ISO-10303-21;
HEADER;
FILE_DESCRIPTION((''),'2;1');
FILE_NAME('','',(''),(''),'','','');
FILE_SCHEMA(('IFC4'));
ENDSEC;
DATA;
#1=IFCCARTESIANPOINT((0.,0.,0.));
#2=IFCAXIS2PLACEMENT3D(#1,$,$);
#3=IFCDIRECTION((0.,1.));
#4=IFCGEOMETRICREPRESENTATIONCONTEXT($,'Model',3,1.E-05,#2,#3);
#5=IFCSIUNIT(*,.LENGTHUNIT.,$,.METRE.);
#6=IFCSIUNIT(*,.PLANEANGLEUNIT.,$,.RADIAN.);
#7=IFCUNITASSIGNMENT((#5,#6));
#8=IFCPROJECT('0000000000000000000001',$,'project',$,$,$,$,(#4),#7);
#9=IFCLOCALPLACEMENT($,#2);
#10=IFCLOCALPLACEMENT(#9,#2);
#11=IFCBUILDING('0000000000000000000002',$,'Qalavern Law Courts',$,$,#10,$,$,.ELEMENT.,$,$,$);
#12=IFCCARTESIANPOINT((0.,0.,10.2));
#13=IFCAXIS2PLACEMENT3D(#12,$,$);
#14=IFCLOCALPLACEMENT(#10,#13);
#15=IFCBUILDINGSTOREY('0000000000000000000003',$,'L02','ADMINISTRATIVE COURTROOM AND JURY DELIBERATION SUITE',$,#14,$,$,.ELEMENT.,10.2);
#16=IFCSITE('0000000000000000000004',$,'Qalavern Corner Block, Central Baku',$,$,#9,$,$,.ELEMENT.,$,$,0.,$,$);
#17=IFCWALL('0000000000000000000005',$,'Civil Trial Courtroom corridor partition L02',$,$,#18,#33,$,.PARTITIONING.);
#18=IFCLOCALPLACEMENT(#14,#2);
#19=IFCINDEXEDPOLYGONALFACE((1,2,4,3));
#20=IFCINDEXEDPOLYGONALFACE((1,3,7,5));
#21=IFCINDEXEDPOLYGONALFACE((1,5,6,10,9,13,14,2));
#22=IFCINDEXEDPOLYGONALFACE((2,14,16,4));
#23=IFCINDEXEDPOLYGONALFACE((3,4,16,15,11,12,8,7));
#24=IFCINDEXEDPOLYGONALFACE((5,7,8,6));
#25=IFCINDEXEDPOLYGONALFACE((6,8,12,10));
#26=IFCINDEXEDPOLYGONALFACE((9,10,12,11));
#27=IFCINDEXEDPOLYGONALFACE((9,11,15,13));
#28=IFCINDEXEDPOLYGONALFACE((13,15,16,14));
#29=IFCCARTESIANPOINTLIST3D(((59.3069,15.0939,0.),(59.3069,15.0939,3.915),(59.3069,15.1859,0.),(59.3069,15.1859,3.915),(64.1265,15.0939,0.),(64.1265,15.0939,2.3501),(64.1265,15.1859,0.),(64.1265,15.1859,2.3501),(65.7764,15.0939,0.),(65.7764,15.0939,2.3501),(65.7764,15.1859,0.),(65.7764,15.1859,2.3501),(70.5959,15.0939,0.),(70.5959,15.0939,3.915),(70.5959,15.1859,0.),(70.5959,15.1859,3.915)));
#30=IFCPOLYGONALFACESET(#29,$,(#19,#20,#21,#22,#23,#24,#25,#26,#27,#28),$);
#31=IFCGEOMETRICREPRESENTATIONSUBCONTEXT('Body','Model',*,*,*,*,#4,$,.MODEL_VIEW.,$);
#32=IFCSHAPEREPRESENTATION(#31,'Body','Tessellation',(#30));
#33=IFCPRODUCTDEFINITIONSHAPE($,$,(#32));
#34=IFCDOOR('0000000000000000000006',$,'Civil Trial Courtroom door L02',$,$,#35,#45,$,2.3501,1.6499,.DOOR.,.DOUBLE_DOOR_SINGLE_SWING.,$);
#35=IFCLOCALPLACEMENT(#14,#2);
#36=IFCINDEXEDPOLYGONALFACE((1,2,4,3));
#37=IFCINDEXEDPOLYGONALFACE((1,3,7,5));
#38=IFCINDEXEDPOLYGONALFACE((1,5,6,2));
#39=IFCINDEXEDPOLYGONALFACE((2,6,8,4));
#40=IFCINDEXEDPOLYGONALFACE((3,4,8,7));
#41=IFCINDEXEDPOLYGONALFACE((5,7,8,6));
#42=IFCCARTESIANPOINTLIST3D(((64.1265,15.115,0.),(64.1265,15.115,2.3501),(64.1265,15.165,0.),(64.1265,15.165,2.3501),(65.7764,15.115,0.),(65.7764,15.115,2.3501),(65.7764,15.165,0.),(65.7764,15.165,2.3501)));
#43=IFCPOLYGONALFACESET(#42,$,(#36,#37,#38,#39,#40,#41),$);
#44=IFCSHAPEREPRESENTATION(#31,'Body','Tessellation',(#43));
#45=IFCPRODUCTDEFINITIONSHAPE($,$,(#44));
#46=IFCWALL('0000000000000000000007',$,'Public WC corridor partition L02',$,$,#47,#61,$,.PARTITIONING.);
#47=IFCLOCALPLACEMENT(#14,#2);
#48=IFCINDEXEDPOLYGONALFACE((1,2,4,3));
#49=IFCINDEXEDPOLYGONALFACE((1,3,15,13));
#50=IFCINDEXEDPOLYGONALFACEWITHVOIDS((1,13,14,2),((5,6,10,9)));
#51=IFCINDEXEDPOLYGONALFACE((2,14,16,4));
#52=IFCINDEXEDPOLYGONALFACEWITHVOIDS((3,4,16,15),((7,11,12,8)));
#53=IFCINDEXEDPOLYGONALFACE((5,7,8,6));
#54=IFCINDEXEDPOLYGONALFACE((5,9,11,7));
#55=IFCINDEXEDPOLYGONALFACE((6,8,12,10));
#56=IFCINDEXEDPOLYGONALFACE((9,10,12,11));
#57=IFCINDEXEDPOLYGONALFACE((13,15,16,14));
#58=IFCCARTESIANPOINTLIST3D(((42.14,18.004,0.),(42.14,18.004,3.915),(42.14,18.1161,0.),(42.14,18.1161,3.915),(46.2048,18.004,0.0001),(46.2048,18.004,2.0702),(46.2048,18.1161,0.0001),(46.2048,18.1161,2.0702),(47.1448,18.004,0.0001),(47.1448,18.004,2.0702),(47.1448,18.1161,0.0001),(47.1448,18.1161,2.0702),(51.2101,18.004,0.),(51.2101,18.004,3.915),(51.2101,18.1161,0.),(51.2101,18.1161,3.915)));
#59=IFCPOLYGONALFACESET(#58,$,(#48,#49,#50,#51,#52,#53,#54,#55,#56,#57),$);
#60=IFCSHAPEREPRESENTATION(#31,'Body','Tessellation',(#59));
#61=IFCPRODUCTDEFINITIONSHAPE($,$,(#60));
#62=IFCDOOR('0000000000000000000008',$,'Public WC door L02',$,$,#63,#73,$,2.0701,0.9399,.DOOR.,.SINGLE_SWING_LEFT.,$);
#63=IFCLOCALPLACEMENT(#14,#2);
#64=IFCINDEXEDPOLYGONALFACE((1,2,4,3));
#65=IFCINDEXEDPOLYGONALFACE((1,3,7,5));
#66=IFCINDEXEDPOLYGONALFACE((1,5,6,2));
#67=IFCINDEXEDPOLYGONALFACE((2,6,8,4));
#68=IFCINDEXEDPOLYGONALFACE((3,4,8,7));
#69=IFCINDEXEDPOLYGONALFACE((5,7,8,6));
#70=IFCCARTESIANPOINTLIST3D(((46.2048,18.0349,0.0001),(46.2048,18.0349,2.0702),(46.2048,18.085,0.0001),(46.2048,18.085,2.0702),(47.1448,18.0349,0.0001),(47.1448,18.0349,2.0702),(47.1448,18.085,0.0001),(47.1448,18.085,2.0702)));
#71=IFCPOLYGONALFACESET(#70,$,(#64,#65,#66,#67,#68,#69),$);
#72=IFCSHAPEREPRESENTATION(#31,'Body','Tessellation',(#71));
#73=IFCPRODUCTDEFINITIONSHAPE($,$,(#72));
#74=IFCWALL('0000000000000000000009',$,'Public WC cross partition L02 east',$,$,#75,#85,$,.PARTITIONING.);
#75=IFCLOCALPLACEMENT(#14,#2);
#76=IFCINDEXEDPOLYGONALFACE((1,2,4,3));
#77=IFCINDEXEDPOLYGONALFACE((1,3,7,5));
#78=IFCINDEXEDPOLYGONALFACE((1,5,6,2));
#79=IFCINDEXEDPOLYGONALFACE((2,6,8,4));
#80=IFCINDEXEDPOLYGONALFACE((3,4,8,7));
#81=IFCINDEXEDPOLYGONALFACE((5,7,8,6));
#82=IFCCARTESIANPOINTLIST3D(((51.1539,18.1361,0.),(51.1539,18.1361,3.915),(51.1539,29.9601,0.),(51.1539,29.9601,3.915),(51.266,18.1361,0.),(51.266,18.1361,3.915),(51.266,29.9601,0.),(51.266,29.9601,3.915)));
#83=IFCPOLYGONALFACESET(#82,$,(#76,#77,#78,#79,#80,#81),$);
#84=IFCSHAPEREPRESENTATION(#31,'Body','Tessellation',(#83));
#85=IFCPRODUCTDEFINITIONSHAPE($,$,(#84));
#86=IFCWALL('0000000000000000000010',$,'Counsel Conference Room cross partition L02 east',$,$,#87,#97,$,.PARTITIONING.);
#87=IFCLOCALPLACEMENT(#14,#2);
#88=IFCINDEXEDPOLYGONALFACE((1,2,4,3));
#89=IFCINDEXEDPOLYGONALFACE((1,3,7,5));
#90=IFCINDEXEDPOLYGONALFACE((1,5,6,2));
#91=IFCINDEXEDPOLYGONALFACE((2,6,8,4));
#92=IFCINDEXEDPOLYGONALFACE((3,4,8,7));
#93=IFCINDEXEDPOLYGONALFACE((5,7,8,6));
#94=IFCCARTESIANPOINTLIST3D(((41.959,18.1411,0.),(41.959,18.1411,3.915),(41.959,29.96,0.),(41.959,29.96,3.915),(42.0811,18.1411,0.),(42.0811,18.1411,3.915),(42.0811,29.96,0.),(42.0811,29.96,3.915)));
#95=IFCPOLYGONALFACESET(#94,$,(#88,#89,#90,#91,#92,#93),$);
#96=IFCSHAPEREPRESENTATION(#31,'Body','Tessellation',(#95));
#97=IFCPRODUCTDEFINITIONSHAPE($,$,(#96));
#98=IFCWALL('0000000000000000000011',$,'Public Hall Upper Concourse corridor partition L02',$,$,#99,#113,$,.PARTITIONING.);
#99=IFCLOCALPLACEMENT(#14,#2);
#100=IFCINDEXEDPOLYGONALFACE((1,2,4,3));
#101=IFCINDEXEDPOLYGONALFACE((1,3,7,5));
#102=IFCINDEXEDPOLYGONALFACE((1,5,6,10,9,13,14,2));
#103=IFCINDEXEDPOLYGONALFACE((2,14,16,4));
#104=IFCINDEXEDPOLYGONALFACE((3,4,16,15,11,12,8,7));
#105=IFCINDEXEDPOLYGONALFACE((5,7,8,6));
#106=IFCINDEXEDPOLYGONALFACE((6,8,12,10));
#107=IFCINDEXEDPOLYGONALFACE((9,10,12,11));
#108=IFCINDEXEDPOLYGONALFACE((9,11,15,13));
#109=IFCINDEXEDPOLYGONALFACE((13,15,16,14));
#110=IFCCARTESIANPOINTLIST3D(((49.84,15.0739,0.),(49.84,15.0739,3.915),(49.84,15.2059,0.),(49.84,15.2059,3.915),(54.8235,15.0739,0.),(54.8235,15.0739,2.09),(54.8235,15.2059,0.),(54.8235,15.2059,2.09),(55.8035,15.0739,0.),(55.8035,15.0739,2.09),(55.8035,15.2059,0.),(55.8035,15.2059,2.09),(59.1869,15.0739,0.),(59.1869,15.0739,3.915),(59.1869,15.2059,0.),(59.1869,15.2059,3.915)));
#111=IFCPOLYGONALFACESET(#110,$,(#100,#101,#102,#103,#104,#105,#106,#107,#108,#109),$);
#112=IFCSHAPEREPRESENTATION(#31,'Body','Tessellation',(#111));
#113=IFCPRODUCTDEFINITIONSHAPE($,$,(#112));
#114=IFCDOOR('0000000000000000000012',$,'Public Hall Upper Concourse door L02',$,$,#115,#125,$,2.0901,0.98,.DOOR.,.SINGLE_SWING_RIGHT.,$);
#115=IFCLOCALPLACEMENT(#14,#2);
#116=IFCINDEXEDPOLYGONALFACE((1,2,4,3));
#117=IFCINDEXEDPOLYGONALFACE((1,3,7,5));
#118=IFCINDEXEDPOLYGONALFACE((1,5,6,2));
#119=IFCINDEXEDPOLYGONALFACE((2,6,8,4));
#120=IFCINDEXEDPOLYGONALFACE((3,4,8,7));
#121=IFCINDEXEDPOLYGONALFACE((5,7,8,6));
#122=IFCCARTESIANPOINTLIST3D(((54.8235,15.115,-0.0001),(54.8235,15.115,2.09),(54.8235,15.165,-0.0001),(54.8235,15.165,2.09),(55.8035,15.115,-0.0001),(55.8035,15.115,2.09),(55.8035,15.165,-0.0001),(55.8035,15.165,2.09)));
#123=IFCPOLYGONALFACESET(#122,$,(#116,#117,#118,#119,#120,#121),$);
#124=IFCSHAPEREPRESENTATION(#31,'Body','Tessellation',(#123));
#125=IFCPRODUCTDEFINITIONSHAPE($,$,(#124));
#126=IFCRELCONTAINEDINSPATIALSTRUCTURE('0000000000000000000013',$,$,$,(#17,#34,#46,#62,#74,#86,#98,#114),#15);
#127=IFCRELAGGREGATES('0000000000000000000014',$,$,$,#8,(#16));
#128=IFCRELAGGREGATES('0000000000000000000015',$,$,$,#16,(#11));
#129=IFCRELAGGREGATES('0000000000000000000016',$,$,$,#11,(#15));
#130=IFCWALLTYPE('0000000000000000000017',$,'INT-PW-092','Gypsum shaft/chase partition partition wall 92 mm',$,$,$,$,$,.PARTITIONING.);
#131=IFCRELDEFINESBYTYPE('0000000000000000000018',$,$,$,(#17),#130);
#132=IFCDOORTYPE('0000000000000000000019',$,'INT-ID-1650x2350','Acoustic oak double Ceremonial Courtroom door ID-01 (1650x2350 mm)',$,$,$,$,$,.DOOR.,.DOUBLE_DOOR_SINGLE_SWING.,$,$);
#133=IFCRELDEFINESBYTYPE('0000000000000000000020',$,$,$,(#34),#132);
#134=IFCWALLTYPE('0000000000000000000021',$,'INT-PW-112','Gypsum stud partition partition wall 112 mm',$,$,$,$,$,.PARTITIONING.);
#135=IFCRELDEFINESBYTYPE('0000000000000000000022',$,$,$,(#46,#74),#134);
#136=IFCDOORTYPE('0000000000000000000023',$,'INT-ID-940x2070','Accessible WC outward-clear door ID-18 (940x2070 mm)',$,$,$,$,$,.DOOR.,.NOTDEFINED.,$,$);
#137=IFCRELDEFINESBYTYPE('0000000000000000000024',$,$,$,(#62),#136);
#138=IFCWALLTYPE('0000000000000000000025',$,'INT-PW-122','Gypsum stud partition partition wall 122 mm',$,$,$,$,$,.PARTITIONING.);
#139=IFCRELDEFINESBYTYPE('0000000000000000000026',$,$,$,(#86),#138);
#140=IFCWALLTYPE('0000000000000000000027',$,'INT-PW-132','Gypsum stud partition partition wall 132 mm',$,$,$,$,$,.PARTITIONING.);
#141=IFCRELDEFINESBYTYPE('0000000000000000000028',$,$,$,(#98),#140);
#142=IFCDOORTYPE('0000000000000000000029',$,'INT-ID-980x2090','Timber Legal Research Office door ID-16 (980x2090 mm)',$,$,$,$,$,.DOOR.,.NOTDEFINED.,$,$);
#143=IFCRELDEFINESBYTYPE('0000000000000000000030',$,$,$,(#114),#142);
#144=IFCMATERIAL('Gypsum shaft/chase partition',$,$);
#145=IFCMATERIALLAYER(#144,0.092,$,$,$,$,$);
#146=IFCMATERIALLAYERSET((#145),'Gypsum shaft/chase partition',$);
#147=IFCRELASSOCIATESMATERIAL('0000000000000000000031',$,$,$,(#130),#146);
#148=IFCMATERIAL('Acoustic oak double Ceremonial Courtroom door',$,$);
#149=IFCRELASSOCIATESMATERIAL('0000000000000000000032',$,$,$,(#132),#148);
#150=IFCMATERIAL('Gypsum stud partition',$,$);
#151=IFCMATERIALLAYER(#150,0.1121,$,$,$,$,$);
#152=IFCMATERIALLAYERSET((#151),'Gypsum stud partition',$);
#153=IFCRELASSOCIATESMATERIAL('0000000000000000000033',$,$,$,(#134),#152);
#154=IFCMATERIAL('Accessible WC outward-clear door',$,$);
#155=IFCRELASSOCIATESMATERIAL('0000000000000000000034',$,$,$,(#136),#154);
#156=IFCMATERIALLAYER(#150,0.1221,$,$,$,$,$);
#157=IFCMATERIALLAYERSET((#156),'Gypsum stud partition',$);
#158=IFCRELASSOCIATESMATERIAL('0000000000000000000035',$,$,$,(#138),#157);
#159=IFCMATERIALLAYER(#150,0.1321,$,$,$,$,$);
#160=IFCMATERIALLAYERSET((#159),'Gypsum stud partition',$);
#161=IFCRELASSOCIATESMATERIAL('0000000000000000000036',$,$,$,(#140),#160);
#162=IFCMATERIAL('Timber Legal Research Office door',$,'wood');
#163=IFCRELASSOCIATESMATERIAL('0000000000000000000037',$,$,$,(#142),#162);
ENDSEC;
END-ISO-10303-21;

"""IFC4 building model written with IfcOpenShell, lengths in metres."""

from ifc_helpers import new_model, si_unit, direction, frame, frame_2d, origin, place, context, subcontext, project, spatial, rectangle, extrude, material, layer, layer_set, type_object, element, fill, save


model = new_model("IFC4")

# Units and contexts
model_context = context("Model", 3, precision=1e-05, world=origin(), true_north=direction((0.0, 1.0)))
body_context = subcontext(model_context, "Body", "Model", "MODEL_VIEW")
ifc_project = project(units=[si_unit("LENGTHUNIT", "METRE"), si_unit("PLANEANGLEUNIT", "RADIAN")], contexts=[model_context])

# Site, building, storey
site_placement = place(None, origin())
site = spatial("IfcSite", under=ifc_project, at=site_placement, Name="Qalavern Corner Block, Central Baku", CompositionType="ELEMENT", RefElevation=0.0)
building_placement = place(site_placement, origin())
building = spatial("IfcBuilding", under=site, at=building_placement, Name="Qalavern Law Courts", CompositionType="ELEMENT")
storey_placement = place(building_placement, frame((0.0, 0.0, 10.2)))
storey = spatial("IfcBuildingStorey", under=building, at=storey_placement, Name="L02", Description="ADMINISTRATIVE COURTROOM AND JURY DELIBERATION SUITE", CompositionType="ELEMENT", Elevation=10.2)

# Walls, openings, doors
ifc_material_1 = material(Name="Gypsum shaft/chase partition")
ifc_layer_1 = layer(ifc_material_1, 0.092)
ifc_layer_set_1 = layer_set([ifc_layer_1], Name="Gypsum shaft/chase partition")
wall_type_1 = type_object("IfcWallType", Name="INT-PW-092", Description="Gypsum shaft/chase partition partition wall 92 mm", PredefinedType="PARTITIONING", material=ifc_layer_set_1)
wall_1_placement = place(storey_placement, frame((59.3069, 15.1399, 0.0), z_axis=(0.0, 0.0, 1.0), x_axis=(1.0, 0.0, 0.0)))
wall_1 = element("IfcWall", 1, at=wall_1_placement, inside=storey, type_object=wall_type_1, Name="Civil Trial Courtroom corridor partition L02", PredefinedType="PARTITIONING", context=body_context, shape_type="SweptSolid", body=[
    extrude(rectangle(XDim=11.2891, YDim=0.092, at=frame_2d((5.6445, 0.0))), origin(), (0.0, 0.0, 1.0), 3.915),
])
opening_1_placement = place(wall_1_placement, frame((4.8196, 0.0, 0.0)))
opening_1 = element("IfcOpeningElement", 2, at=opening_1_placement, cuts=wall_1, PredefinedType="OPENING", context=body_context, shape_type="SweptSolid", body=[
    extrude(rectangle(XDim=1.6499, YDim=2.3501, at=frame_2d((0.825, 1.175))), frame((0.0, 0.061, 0.0), z_axis=(0.0, -1.0, 0.0), x_axis=(1.0, 0.0, 0.0)), (0.0, 0.0, 1.0), 0.1218),
])
ifc_material_2 = material(Name="Acoustic oak double Ceremonial Courtroom door")
door_type_1 = type_object("IfcDoorType", Name="INT-ID-1650x2350", Description="Acoustic oak double Ceremonial Courtroom door ID-01 (1650x2350 mm)", OperationType="DOUBLE_DOOR_SINGLE_SWING", PredefinedType="DOOR", material=ifc_material_2)
door_1_placement = place(opening_1_placement, frame((1.6499, 0.0, 0.0), z_axis=(0.0, 0.0, 1.0), x_axis=(-1.0, 0.0, 0.0)))
door_1 = element("IfcDoor", 3, at=door_1_placement, inside=storey, type_object=door_type_1, Name="Civil Trial Courtroom door L02", OperationType="DOUBLE_DOOR_SINGLE_SWING", OverallHeight=2.3501, OverallWidth=1.6499, PredefinedType="DOOR", context=body_context, shape_type="SweptSolid", body=[
    extrude(rectangle(XDim=1.6499, YDim=2.3501, at=frame_2d((0.825, 1.175))), frame((0.0, 0.0249, 0.0), z_axis=(0.0, -1.0, 0.0), x_axis=(1.0, 0.0, 0.0)), (0.0, 0.0, 1.0), 0.05),
])
fill(opening_1, door_1)
ifc_material_3 = material(Name="Gypsum stud partition")
ifc_layer_2 = layer(ifc_material_3, 0.1121)
ifc_layer_set_2 = layer_set([ifc_layer_2], Name="Gypsum stud partition")
wall_type_2 = type_object("IfcWallType", Name="INT-PW-112", Description="Gypsum stud partition partition wall 112 mm", PredefinedType="PARTITIONING", material=ifc_layer_set_2)
wall_2_placement = place(storey_placement, frame((42.1399, 18.0601, 0.0), z_axis=(0.0, 0.0, 1.0), x_axis=(1.0, 0.0, 0.0)))
wall_2 = element("IfcWall", 4, at=wall_2_placement, inside=storey, type_object=wall_type_2, Name="Public WC corridor partition L02", PredefinedType="PARTITIONING", context=body_context, shape_type="SweptSolid", body=[
    extrude(rectangle(XDim=9.0701, YDim=0.1121, at=frame_2d((4.5352, 0.0))), origin(), (0.0, 0.0, 1.0), 3.915),
])
opening_2_placement = place(wall_2_placement, frame((4.0649, 0.0, 0.0)))
opening_2 = element("IfcOpeningElement", 5, at=opening_2_placement, cuts=wall_2, PredefinedType="OPENING", context=body_context, shape_type="SweptSolid", body=[
    extrude(rectangle(XDim=0.9399, YDim=2.0701, at=frame_2d((0.47, 1.0352))), frame((0.0, 0.0708, 0.0), z_axis=(0.0, -1.0, 0.0), x_axis=(1.0, 0.0, 0.0)), (0.0, 0.0, 1.0), 0.1418),
])
ifc_material_4 = material(Name="Accessible WC outward-clear door")
door_type_2 = type_object("IfcDoorType", Name="INT-ID-940x2070", Description="Accessible WC outward-clear door ID-18 (940x2070 mm)", OperationType="NOTDEFINED", PredefinedType="DOOR", material=ifc_material_4)
door_2_placement = place(opening_2_placement, origin())
door_2 = element("IfcDoor", 6, at=door_2_placement, inside=storey, type_object=door_type_2, Name="Public WC door L02", OperationType="SINGLE_SWING_LEFT", OverallHeight=2.0701, OverallWidth=0.9399, PredefinedType="DOOR", context=body_context, shape_type="SweptSolid", body=[
    extrude(rectangle(XDim=0.9399, YDim=2.0701, at=frame_2d((0.47, 1.0352))), frame((0.0, 0.0249, 0.0), z_axis=(0.0, -1.0, 0.0), x_axis=(1.0, 0.0, 0.0)), (0.0, 0.0, 1.0), 0.05),
])
fill(opening_2, door_2)

# Walls
wall_3_placement = place(storey_placement, frame((51.21, 18.136, 0.0), z_axis=(0.0, 0.0, 1.0), x_axis=(0.0, 1.0, 0.0)))
element("IfcWall", 7, at=wall_3_placement, inside=storey, type_object=wall_type_2, Name="Public WC cross partition L02 east", PredefinedType="PARTITIONING", context=body_context, shape_type="SweptSolid", body=[
    extrude(rectangle(XDim=11.824, YDim=0.1121, at=frame_2d((5.9121, 0.0))), origin(), (0.0, 0.0, 1.0), 3.915),
])
ifc_layer_3 = layer(ifc_material_3, 0.1221)
ifc_layer_set_3 = layer_set([ifc_layer_3], Name="Gypsum stud partition")
wall_type_3 = type_object("IfcWallType", Name="INT-PW-122", Description="Gypsum stud partition partition wall 122 mm", PredefinedType="PARTITIONING", material=ifc_layer_set_3)
wall_4_placement = place(storey_placement, frame((42.02, 18.1411, 0.0), z_axis=(0.0, 0.0, 1.0), x_axis=(0.0, 1.0, 0.0)))
element("IfcWall", 8, at=wall_4_placement, inside=storey, type_object=wall_type_3, Name="Counsel Conference Room cross partition L02 east", PredefinedType="PARTITIONING", context=body_context, shape_type="SweptSolid", body=[
    extrude(rectangle(XDim=11.8188, YDim=0.1221, at=frame_2d((5.9094, 0.0))), origin(), (0.0, 0.0, 1.0), 3.915),
])

# Wall, opening, door
ifc_layer_4 = layer(ifc_material_3, 0.1321)
ifc_layer_set_4 = layer_set([ifc_layer_4], Name="Gypsum stud partition")
wall_type_4 = type_object("IfcWallType", Name="INT-PW-132", Description="Gypsum stud partition partition wall 132 mm", PredefinedType="PARTITIONING", material=ifc_layer_set_4)
wall_5_placement = place(storey_placement, frame((49.8401, 15.1399, 0.0), z_axis=(0.0, 0.0, 1.0), x_axis=(1.0, 0.0, 0.0)))
wall_5 = element("IfcWall", 9, at=wall_5_placement, inside=storey, type_object=wall_type_4, Name="Public Hall Upper Concourse corridor partition L02", PredefinedType="PARTITIONING", context=body_context, shape_type="SweptSolid", body=[
    extrude(rectangle(XDim=9.3469, YDim=0.1321, at=frame_2d((4.6733, 0.0))), origin(), (0.0, 0.0, 1.0), 3.915),
])
opening_3_placement = place(wall_5_placement, frame((4.9834, 0.0, 0.0)))
opening_3 = element("IfcOpeningElement", 10, at=opening_3_placement, cuts=wall_5, PredefinedType="OPENING", context=body_context, shape_type="SweptSolid", body=[
    extrude(rectangle(XDim=0.98, YDim=2.0901, at=frame_2d((0.49, 1.0449))), frame((0.0, 0.0811, 0.0), z_axis=(0.0, -1.0, 0.0), x_axis=(1.0, 0.0, 0.0)), (0.0, 0.0, 1.0), 0.1619),
])
ifc_material_5 = material(Name="Timber Legal Research Office door", Category="wood")
door_type_3 = type_object("IfcDoorType", Name="INT-ID-980x2090", Description="Timber Legal Research Office door ID-16 (980x2090 mm)", OperationType="NOTDEFINED", PredefinedType="DOOR", material=ifc_material_5)
door_3_placement = place(opening_3_placement, frame((0.98, 0.0, 0.0), z_axis=(0.0, 0.0, 1.0), x_axis=(-1.0, 0.0, 0.0)))
door_3 = element("IfcDoor", 11, at=door_3_placement, inside=storey, type_object=door_type_3, Name="Public Hall Upper Concourse door L02", OperationType="SINGLE_SWING_RIGHT", OverallHeight=2.0901, OverallWidth=0.98, PredefinedType="DOOR", context=body_context, shape_type="SweptSolid", body=[
    extrude(rectangle(XDim=0.98, YDim=2.0901, at=frame_2d((0.49, 1.0449))), frame((0.0, 0.0249, 0.0), z_axis=(0.0, -1.0, 0.0), x_axis=(1.0, 0.0, 0.0)), (0.0, 0.0, 1.0), 0.05),
])
fill(opening_3, door_3)

save(model, "model.ifc")
